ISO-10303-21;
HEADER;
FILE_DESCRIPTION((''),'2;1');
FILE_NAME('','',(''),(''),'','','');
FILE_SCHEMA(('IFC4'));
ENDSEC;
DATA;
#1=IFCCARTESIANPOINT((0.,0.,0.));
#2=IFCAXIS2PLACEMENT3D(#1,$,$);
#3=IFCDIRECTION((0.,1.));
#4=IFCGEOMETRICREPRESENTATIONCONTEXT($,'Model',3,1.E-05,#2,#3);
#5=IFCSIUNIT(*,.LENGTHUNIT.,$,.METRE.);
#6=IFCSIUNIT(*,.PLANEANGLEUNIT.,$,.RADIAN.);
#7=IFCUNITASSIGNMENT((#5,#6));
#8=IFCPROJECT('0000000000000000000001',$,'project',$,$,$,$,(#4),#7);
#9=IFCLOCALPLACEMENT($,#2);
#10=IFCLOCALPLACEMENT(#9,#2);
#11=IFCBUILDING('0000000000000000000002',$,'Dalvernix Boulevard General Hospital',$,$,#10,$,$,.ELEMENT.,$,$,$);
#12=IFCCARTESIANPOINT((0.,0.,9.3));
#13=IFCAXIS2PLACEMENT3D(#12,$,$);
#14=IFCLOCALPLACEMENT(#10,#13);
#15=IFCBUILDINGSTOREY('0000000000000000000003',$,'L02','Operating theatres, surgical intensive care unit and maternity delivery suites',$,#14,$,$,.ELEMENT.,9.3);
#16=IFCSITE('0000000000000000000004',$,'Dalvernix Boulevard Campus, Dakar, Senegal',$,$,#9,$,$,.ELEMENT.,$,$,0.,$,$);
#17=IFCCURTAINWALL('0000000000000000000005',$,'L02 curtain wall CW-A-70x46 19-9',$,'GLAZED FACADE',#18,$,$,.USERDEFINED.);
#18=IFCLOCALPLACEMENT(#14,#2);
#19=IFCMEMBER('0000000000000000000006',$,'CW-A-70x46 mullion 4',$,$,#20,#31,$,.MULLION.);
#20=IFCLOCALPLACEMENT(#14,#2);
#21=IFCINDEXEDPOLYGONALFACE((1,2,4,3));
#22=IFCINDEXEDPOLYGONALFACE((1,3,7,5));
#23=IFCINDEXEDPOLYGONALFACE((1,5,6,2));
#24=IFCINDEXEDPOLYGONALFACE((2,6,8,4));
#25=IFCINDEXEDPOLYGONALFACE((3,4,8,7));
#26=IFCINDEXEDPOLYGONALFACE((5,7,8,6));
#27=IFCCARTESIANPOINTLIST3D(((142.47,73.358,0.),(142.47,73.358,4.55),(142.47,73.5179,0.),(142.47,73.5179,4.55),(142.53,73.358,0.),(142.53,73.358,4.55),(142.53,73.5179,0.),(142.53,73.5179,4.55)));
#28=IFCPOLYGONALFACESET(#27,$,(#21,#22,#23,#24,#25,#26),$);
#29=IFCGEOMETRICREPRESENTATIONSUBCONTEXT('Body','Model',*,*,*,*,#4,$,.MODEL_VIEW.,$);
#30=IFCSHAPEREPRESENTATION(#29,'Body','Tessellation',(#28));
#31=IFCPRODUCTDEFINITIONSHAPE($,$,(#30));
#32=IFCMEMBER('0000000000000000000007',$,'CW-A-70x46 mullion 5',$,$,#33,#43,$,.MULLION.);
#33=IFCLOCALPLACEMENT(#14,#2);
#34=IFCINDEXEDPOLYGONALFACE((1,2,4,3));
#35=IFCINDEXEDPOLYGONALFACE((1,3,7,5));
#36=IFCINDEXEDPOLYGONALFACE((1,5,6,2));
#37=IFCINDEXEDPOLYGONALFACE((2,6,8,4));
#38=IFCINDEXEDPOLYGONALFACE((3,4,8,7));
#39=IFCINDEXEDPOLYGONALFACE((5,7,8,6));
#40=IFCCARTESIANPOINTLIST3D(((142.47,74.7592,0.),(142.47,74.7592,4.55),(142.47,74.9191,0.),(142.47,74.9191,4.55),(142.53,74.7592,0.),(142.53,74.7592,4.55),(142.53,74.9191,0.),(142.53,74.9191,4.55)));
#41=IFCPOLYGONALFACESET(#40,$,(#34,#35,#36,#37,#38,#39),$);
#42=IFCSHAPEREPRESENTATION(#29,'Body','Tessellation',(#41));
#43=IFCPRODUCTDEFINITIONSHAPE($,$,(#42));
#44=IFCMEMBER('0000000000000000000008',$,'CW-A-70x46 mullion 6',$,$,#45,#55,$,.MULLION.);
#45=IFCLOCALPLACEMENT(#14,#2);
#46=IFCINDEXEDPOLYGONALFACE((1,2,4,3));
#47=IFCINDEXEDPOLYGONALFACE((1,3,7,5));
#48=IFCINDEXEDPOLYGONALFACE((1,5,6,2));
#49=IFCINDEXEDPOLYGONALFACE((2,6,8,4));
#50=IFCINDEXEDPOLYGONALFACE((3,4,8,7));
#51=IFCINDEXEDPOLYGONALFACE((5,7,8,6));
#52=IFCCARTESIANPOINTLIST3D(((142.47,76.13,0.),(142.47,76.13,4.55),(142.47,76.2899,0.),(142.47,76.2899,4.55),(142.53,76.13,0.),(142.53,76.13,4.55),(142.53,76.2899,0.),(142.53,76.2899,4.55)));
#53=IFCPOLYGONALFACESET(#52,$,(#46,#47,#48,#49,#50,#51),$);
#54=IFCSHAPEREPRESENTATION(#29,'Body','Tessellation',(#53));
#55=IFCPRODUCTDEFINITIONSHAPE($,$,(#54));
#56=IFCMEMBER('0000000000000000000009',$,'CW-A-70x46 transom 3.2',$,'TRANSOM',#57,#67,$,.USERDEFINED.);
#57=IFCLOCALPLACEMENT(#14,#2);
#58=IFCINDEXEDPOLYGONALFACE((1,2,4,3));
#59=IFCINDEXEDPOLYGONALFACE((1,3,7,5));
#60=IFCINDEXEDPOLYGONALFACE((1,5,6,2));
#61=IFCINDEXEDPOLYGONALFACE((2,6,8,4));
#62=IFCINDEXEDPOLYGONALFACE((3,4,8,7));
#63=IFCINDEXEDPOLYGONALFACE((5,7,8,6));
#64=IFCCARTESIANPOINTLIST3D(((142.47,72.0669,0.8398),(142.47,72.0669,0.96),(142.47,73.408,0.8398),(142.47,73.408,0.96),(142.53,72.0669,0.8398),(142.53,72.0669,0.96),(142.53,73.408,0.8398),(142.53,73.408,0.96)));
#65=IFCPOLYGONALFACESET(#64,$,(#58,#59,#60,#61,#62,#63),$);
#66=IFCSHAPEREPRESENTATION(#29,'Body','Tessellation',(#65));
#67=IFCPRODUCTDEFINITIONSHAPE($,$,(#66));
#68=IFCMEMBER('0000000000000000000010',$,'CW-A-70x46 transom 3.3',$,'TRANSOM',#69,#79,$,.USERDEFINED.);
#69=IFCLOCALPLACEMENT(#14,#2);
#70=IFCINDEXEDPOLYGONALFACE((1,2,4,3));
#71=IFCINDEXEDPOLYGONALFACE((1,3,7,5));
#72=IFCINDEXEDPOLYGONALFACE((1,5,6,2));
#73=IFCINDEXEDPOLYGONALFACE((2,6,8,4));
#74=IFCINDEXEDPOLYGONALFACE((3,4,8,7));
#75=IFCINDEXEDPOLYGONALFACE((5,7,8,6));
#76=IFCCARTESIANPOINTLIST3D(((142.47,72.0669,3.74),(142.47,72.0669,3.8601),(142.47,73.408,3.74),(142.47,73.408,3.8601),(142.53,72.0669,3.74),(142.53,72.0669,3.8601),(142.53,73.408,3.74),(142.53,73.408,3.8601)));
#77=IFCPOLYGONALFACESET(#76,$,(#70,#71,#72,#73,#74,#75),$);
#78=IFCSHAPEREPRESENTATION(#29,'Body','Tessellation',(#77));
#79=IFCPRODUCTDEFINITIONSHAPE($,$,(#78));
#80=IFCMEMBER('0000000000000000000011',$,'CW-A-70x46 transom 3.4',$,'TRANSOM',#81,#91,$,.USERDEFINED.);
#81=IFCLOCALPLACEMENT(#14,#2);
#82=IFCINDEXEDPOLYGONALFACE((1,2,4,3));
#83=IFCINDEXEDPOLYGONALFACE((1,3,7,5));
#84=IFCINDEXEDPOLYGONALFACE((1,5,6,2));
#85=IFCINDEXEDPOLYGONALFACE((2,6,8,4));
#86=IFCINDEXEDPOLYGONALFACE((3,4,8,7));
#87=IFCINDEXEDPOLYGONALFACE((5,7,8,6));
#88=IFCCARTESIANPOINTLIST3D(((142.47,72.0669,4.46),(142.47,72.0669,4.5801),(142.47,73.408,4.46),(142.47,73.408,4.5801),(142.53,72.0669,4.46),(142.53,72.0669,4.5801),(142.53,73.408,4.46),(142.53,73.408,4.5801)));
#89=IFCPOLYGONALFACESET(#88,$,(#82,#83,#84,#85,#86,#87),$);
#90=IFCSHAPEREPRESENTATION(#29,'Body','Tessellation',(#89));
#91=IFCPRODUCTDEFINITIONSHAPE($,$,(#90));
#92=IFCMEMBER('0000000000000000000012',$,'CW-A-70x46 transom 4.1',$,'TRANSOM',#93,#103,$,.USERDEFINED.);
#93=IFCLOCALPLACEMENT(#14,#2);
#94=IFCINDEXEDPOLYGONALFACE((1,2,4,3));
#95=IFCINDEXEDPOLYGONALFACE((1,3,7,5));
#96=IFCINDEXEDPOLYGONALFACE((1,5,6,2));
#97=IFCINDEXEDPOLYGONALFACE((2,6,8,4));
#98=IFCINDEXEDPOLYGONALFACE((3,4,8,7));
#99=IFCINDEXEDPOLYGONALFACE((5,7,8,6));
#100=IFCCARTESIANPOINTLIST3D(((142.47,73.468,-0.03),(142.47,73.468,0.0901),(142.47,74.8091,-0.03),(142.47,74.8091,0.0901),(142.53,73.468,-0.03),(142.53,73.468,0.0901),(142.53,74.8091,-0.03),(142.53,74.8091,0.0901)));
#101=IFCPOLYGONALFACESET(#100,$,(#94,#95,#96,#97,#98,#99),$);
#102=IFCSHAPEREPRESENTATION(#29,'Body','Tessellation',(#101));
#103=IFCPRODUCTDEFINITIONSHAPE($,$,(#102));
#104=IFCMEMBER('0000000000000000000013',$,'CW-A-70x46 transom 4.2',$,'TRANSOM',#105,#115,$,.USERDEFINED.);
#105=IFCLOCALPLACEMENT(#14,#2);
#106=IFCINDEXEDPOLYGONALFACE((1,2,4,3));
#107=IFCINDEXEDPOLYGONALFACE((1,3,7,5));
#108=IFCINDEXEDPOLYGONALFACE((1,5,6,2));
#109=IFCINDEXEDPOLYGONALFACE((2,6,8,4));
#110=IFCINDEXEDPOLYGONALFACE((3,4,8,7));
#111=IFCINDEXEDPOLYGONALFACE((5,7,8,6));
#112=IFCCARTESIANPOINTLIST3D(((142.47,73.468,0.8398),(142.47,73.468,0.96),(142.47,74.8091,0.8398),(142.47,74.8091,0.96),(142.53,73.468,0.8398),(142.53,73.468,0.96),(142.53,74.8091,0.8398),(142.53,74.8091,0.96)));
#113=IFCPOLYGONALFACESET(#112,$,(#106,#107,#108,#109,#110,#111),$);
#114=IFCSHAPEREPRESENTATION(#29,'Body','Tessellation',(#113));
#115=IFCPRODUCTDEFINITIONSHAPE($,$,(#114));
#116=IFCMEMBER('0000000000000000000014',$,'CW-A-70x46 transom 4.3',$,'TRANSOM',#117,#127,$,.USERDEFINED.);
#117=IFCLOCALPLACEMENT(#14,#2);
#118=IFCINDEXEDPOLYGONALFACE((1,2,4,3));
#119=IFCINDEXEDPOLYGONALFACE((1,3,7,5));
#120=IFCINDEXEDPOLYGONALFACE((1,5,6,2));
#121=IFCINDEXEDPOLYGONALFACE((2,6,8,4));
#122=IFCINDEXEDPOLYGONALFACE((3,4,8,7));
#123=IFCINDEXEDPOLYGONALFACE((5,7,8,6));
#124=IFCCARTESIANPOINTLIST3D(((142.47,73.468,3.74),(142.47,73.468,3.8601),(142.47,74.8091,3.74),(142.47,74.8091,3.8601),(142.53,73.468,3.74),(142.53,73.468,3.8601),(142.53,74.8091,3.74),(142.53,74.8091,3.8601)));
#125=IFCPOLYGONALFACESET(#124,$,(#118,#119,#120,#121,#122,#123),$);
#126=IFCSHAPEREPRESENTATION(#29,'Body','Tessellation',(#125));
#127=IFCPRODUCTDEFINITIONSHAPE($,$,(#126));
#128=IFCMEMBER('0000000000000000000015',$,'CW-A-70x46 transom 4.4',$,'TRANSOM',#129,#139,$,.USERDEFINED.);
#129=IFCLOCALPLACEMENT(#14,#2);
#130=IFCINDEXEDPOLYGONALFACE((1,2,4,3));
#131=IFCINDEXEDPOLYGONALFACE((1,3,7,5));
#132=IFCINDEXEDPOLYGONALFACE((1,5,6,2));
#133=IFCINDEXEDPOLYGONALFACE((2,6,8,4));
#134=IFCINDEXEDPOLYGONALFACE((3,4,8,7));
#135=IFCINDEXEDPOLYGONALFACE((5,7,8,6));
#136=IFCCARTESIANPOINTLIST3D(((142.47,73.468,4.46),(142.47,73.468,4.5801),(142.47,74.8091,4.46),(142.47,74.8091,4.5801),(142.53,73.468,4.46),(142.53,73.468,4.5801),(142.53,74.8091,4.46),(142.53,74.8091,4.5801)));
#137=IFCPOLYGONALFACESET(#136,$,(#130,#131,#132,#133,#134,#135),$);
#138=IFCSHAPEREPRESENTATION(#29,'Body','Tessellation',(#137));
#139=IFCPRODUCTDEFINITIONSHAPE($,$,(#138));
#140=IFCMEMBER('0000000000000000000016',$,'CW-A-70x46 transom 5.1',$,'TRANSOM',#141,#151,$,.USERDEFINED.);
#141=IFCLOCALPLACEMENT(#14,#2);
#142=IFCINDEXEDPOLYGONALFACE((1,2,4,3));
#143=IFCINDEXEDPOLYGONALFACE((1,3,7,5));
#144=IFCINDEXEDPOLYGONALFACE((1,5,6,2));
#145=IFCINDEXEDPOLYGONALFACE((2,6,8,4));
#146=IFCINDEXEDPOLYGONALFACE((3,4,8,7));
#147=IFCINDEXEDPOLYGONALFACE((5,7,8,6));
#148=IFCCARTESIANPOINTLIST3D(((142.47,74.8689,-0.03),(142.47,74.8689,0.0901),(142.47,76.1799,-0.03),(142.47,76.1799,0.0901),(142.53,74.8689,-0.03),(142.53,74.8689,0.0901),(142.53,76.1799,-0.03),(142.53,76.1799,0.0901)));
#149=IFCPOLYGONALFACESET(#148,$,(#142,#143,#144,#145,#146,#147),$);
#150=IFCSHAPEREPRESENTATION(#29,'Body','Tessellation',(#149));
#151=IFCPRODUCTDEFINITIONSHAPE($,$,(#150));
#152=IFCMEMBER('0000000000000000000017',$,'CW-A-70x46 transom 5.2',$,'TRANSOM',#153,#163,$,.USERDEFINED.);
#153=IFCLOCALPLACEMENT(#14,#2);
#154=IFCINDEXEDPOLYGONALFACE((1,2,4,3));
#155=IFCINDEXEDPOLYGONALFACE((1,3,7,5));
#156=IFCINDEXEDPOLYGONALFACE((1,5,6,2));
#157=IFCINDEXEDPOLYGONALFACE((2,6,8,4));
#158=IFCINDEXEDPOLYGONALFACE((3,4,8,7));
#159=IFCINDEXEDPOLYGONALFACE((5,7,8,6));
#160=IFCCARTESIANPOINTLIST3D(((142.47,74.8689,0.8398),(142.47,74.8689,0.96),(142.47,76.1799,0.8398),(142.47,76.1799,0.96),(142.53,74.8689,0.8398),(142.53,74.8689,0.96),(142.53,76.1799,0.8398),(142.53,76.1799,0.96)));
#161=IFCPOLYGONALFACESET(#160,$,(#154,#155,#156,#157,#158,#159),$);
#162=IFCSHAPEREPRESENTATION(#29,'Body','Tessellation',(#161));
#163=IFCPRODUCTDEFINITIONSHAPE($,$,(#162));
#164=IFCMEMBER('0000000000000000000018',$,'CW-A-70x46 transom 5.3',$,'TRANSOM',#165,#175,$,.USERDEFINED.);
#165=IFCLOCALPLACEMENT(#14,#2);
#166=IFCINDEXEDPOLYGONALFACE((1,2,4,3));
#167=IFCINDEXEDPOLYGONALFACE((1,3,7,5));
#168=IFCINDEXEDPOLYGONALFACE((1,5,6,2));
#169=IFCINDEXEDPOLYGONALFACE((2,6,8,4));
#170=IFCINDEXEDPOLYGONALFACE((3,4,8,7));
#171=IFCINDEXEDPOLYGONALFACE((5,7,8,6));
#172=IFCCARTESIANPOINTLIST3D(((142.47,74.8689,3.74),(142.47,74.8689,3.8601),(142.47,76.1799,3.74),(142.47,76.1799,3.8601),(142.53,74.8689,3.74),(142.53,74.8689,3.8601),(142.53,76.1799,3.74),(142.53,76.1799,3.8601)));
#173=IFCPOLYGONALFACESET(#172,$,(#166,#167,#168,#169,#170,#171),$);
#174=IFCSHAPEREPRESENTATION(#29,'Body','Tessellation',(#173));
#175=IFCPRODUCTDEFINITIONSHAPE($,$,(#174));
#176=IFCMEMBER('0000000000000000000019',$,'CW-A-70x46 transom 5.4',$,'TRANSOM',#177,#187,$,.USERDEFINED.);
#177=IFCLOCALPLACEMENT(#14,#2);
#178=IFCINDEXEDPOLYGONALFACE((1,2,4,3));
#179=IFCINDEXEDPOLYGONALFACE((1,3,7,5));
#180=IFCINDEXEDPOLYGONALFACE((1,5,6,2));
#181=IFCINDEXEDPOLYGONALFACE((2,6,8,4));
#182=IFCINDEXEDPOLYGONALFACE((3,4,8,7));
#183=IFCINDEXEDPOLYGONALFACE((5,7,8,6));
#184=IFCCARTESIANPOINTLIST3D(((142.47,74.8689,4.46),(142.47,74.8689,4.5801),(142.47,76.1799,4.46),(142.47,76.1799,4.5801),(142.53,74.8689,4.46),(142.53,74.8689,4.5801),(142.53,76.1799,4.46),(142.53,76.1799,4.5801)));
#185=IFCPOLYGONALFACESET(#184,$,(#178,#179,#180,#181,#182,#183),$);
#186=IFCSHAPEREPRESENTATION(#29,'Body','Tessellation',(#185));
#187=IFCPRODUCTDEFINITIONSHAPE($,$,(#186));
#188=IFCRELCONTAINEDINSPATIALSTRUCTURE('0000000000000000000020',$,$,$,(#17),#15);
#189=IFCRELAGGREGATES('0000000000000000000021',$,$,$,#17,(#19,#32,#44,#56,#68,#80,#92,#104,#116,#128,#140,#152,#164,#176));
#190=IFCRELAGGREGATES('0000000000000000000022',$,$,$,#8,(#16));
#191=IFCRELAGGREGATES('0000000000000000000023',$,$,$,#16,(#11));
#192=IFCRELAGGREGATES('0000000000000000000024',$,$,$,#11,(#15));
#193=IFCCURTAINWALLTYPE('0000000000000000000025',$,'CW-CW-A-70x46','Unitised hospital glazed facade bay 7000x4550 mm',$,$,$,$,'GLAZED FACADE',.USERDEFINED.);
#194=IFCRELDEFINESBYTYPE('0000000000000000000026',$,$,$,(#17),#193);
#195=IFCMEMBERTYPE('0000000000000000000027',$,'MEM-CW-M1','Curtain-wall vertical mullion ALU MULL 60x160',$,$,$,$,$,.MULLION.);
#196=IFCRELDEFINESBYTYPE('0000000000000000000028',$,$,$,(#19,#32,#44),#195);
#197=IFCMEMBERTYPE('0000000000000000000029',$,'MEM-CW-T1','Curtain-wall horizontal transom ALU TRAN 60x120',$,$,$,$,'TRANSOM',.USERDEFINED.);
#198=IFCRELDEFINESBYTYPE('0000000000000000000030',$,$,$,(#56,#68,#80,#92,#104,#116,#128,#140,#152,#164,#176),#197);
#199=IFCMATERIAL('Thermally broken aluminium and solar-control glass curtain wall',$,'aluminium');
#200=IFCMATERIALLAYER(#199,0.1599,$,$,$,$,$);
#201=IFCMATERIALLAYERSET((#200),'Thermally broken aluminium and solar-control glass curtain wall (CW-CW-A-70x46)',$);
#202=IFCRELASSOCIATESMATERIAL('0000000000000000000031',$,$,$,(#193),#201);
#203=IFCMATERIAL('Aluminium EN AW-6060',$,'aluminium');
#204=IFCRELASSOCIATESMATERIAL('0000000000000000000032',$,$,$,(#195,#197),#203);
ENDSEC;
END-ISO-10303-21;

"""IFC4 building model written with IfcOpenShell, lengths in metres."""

from ifc_helpers import new_model, si_unit, direction, frame, origin, origin_2d, place, context, subcontext, project, spatial, rectangle, extrude, material, layer, layer_set, material_profile, profile_set, type_object, element, aggregate, save


model = new_model("IFC4")

# Units and contexts
model_context = context("Model", 3, precision=1e-05, world=origin(), true_north=direction((0.0, 1.0)))
body_context = subcontext(model_context, "Body", "Model", "MODEL_VIEW")
ifc_project = project(units=[si_unit("LENGTHUNIT", "METRE"), si_unit("PLANEANGLEUNIT", "RADIAN")], contexts=[model_context])

# Site, building, storey
site_placement = place(None, origin())
site = spatial("IfcSite", under=ifc_project, at=site_placement, Name="Dalvernix Boulevard Campus, Dakar, Senegal", CompositionType="ELEMENT", RefElevation=0.0)
building_placement = place(site_placement, origin())
building = spatial("IfcBuilding", under=site, at=building_placement, Name="Dalvernix Boulevard General Hospital", CompositionType="ELEMENT")
storey_placement = place(building_placement, frame((0.0, 0.0, 9.3)))
storey = spatial("IfcBuildingStorey", under=building, at=storey_placement, Name="L02", Description="Operating theatres, surgical intensive care unit and maternity delivery suites", CompositionType="ELEMENT", Elevation=9.3)

# Curtain wall, members
ifc_material_1 = material(Name="Thermally broken aluminium and solar-control glass curtain wall", Category="aluminium")
ifc_layer_1 = layer(ifc_material_1, 0.1599)
ifc_layer_set_1 = layer_set([ifc_layer_1], Name="Thermally broken aluminium and solar-control glass curtain wall (CW-CW-A-70x46)")
curtain_wall_type = type_object("IfcCurtainWallType", Name="CW-CW-A-70x46", Description="Unitised hospital glazed facade bay 7000x4550 mm", ElementType="GLAZED FACADE", PredefinedType="USERDEFINED", material=ifc_layer_set_1)
curtain_wall_placement = place(storey_placement, origin())
curtain_wall = element("IfcCurtainWall", 1, at=curtain_wall_placement, inside=storey, type_object=curtain_wall_type, Name="L02 curtain wall CW-A-70x46 19-9", ObjectType="GLAZED FACADE", PredefinedType="USERDEFINED")
ifc_material_2 = material(Name="Aluminium EN AW-6060", Category="aluminium")
ifc_material_profile_1 = material_profile(ifc_material_2, rectangle(XDim=0.0601, YDim=0.1599, at=origin_2d()), Name="ALU MULL 60x160")
ifc_profile_set_1 = profile_set([ifc_material_profile_1], Name="Aluminium EN AW-6060")
member_type_1 = type_object("IfcMemberType", Name="MEM-CW-M1", Description="Curtain-wall vertical mullion ALU MULL 60x160", PredefinedType="MULLION", material=ifc_profile_set_1)
member_1_placement = place(storey_placement, frame((142.5, 73.438, 0.0), z_axis=(0.0, 0.0, 1.0), x_axis=(-1.0, 0.0, 0.0)))
member_1 = element("IfcMember", 2, at=member_1_placement, type_object=member_type_1, Name="CW-A-70x46 mullion 4", PredefinedType="MULLION", context=body_context, shape_type="SweptSolid", body=[
    extrude(rectangle(XDim=0.0601, YDim=0.1599, at=origin_2d()), origin(), (0.0, 0.0, 1.0), 4.55),
])
member_2_placement = place(storey_placement, frame((142.5, 74.8391, 0.0), z_axis=(0.0, 0.0, 1.0), x_axis=(-1.0, 0.0, 0.0)))
member_2 = element("IfcMember", 3, at=member_2_placement, type_object=member_type_1, Name="CW-A-70x46 mullion 5", PredefinedType="MULLION", context=body_context, shape_type="SweptSolid", body=[
    extrude(rectangle(XDim=0.0601, YDim=0.1599, at=origin_2d()), origin(), (0.0, 0.0, 1.0), 4.55),
])
member_3_placement = place(storey_placement, frame((142.5, 76.21, 0.0), z_axis=(0.0, 0.0, 1.0), x_axis=(-1.0, 0.0, 0.0)))
member_3 = element("IfcMember", 4, at=member_3_placement, type_object=member_type_1, Name="CW-A-70x46 mullion 6", PredefinedType="MULLION", context=body_context, shape_type="SweptSolid", body=[
    extrude(rectangle(XDim=0.0601, YDim=0.1599, at=origin_2d()), origin(), (0.0, 0.0, 1.0), 4.55),
])
ifc_material_profile_2 = material_profile(ifc_material_2, rectangle(XDim=0.0601, YDim=0.1201, at=origin_2d()), Name="ALU TRAN 60x120")
ifc_profile_set_2 = profile_set([ifc_material_profile_2], Name="Aluminium EN AW-6060")
member_type_2 = type_object("IfcMemberType", Name="MEM-CW-T1", Description="Curtain-wall horizontal transom ALU TRAN 60x120", ElementType="TRANSOM", PredefinedType="USERDEFINED", material=ifc_profile_set_2)
member_4_placement = place(storey_placement, frame((142.5, 72.0669, 0.8999), z_axis=(0.0, 1.0, 0.0), x_axis=(-1.0, 0.0, 0.0)))
member_4 = element("IfcMember", 5, at=member_4_placement, type_object=member_type_2, Name="CW-A-70x46 transom 3.2", ObjectType="TRANSOM", PredefinedType="USERDEFINED", context=body_context, shape_type="SweptSolid", body=[
    extrude(rectangle(XDim=0.0601, YDim=0.1201, at=origin_2d()), origin(), (0.0, 0.0, 1.0), 1.3411),
])
member_5_placement = place(storey_placement, frame((142.5, 72.0669, 3.8), z_axis=(0.0, 1.0, 0.0), x_axis=(-1.0, 0.0, 0.0)))
member_5 = element("IfcMember", 6, at=member_5_placement, type_object=member_type_2, Name="CW-A-70x46 transom 3.3", ObjectType="TRANSOM", PredefinedType="USERDEFINED", context=body_context, shape_type="SweptSolid", body=[
    extrude(rectangle(XDim=0.0601, YDim=0.1201, at=origin_2d()), origin(), (0.0, 0.0, 1.0), 1.3411),
])
member_6_placement = place(storey_placement, frame((142.5, 72.0669, 4.52), z_axis=(0.0, 1.0, 0.0), x_axis=(-1.0, 0.0, 0.0)))
member_6 = element("IfcMember", 7, at=member_6_placement, type_object=member_type_2, Name="CW-A-70x46 transom 3.4", ObjectType="TRANSOM", PredefinedType="USERDEFINED", context=body_context, shape_type="SweptSolid", body=[
    extrude(rectangle(XDim=0.0601, YDim=0.1201, at=origin_2d()), origin(), (0.0, 0.0, 1.0), 1.3411),
])
member_7_placement = place(storey_placement, frame((142.5, 73.468, 0.03), z_axis=(0.0, 1.0, 0.0), x_axis=(-1.0, 0.0, 0.0)))
member_7 = element("IfcMember", 8, at=member_7_placement, type_object=member_type_2, Name="CW-A-70x46 transom 4.1", ObjectType="TRANSOM", PredefinedType="USERDEFINED", context=body_context, shape_type="SweptSolid", body=[
    extrude(rectangle(XDim=0.0601, YDim=0.1201, at=origin_2d()), origin(), (0.0, 0.0, 1.0), 1.3411),
])
member_8_placement = place(storey_placement, frame((142.5, 73.468, 0.8999), z_axis=(0.0, 1.0, 0.0), x_axis=(-1.0, 0.0, 0.0)))
member_8 = element("IfcMember", 9, at=member_8_placement, type_object=member_type_2, Name="CW-A-70x46 transom 4.2", ObjectType="TRANSOM", PredefinedType="USERDEFINED", context=body_context, shape_type="SweptSolid", body=[
    extrude(rectangle(XDim=0.0601, YDim=0.1201, at=origin_2d()), origin(), (0.0, 0.0, 1.0), 1.3411),
])
member_9_placement = place(storey_placement, frame((142.5, 73.468, 3.8), z_axis=(0.0, 1.0, 0.0), x_axis=(-1.0, 0.0, 0.0)))
member_9 = element("IfcMember", 10, at=member_9_placement, type_object=member_type_2, Name="CW-A-70x46 transom 4.3", ObjectType="TRANSOM", PredefinedType="USERDEFINED", context=body_context, shape_type="SweptSolid", body=[
    extrude(rectangle(XDim=0.0601, YDim=0.1201, at=origin_2d()), origin(), (0.0, 0.0, 1.0), 1.3411),
])
member_10_placement = place(storey_placement, frame((142.5, 73.468, 4.52), z_axis=(0.0, 1.0, 0.0), x_axis=(-1.0, 0.0, 0.0)))
member_10 = element("IfcMember", 11, at=member_10_placement, type_object=member_type_2, Name="CW-A-70x46 transom 4.4", ObjectType="TRANSOM", PredefinedType="USERDEFINED", context=body_context, shape_type="SweptSolid", body=[
    extrude(rectangle(XDim=0.0601, YDim=0.1201, at=origin_2d()), origin(), (0.0, 0.0, 1.0), 1.3411),
])
member_11_placement = place(storey_placement, frame((142.5, 74.8689, 0.03), z_axis=(0.0, 1.0, 0.0), x_axis=(-1.0, 0.0, 0.0)))
member_11 = element("IfcMember", 12, at=member_11_placement, type_object=member_type_2, Name="CW-A-70x46 transom 5.1", ObjectType="TRANSOM", PredefinedType="USERDEFINED", context=body_context, shape_type="SweptSolid", body=[
    extrude(rectangle(XDim=0.0601, YDim=0.1201, at=origin_2d()), origin(), (0.0, 0.0, 1.0), 1.311),
])
member_12_placement = place(storey_placement, frame((142.5, 74.8689, 0.8999), z_axis=(0.0, 1.0, 0.0), x_axis=(-1.0, 0.0, 0.0)))
member_12 = element("IfcMember", 13, at=member_12_placement, type_object=member_type_2, Name="CW-A-70x46 transom 5.2", ObjectType="TRANSOM", PredefinedType="USERDEFINED", context=body_context, shape_type="SweptSolid", body=[
    extrude(rectangle(XDim=0.0601, YDim=0.1201, at=origin_2d()), origin(), (0.0, 0.0, 1.0), 1.311),
])
member_13_placement = place(storey_placement, frame((142.5, 74.8689, 3.8), z_axis=(0.0, 1.0, 0.0), x_axis=(-1.0, 0.0, 0.0)))
member_13 = element("IfcMember", 14, at=member_13_placement, type_object=member_type_2, Name="CW-A-70x46 transom 5.3", ObjectType="TRANSOM", PredefinedType="USERDEFINED", context=body_context, shape_type="SweptSolid", body=[
    extrude(rectangle(XDim=0.0601, YDim=0.1201, at=origin_2d()), origin(), (0.0, 0.0, 1.0), 1.311),
])
member_14_placement = place(storey_placement, frame((142.5, 74.8689, 4.52), z_axis=(0.0, 1.0, 0.0), x_axis=(-1.0, 0.0, 0.0)))
member_14 = element("IfcMember", 15, at=member_14_placement, type_object=member_type_2, Name="CW-A-70x46 transom 5.4", ObjectType="TRANSOM", PredefinedType="USERDEFINED", context=body_context, shape_type="SweptSolid", body=[
    extrude(rectangle(XDim=0.0601, YDim=0.1201, at=origin_2d()), origin(), (0.0, 0.0, 1.0), 1.311),
])
aggregate(curtain_wall, [member_1, member_2, member_3, member_4, member_5, member_6, member_7, member_8, member_9, member_10, member_11, member_12, member_13, member_14])

save(model, "model.ifc")
